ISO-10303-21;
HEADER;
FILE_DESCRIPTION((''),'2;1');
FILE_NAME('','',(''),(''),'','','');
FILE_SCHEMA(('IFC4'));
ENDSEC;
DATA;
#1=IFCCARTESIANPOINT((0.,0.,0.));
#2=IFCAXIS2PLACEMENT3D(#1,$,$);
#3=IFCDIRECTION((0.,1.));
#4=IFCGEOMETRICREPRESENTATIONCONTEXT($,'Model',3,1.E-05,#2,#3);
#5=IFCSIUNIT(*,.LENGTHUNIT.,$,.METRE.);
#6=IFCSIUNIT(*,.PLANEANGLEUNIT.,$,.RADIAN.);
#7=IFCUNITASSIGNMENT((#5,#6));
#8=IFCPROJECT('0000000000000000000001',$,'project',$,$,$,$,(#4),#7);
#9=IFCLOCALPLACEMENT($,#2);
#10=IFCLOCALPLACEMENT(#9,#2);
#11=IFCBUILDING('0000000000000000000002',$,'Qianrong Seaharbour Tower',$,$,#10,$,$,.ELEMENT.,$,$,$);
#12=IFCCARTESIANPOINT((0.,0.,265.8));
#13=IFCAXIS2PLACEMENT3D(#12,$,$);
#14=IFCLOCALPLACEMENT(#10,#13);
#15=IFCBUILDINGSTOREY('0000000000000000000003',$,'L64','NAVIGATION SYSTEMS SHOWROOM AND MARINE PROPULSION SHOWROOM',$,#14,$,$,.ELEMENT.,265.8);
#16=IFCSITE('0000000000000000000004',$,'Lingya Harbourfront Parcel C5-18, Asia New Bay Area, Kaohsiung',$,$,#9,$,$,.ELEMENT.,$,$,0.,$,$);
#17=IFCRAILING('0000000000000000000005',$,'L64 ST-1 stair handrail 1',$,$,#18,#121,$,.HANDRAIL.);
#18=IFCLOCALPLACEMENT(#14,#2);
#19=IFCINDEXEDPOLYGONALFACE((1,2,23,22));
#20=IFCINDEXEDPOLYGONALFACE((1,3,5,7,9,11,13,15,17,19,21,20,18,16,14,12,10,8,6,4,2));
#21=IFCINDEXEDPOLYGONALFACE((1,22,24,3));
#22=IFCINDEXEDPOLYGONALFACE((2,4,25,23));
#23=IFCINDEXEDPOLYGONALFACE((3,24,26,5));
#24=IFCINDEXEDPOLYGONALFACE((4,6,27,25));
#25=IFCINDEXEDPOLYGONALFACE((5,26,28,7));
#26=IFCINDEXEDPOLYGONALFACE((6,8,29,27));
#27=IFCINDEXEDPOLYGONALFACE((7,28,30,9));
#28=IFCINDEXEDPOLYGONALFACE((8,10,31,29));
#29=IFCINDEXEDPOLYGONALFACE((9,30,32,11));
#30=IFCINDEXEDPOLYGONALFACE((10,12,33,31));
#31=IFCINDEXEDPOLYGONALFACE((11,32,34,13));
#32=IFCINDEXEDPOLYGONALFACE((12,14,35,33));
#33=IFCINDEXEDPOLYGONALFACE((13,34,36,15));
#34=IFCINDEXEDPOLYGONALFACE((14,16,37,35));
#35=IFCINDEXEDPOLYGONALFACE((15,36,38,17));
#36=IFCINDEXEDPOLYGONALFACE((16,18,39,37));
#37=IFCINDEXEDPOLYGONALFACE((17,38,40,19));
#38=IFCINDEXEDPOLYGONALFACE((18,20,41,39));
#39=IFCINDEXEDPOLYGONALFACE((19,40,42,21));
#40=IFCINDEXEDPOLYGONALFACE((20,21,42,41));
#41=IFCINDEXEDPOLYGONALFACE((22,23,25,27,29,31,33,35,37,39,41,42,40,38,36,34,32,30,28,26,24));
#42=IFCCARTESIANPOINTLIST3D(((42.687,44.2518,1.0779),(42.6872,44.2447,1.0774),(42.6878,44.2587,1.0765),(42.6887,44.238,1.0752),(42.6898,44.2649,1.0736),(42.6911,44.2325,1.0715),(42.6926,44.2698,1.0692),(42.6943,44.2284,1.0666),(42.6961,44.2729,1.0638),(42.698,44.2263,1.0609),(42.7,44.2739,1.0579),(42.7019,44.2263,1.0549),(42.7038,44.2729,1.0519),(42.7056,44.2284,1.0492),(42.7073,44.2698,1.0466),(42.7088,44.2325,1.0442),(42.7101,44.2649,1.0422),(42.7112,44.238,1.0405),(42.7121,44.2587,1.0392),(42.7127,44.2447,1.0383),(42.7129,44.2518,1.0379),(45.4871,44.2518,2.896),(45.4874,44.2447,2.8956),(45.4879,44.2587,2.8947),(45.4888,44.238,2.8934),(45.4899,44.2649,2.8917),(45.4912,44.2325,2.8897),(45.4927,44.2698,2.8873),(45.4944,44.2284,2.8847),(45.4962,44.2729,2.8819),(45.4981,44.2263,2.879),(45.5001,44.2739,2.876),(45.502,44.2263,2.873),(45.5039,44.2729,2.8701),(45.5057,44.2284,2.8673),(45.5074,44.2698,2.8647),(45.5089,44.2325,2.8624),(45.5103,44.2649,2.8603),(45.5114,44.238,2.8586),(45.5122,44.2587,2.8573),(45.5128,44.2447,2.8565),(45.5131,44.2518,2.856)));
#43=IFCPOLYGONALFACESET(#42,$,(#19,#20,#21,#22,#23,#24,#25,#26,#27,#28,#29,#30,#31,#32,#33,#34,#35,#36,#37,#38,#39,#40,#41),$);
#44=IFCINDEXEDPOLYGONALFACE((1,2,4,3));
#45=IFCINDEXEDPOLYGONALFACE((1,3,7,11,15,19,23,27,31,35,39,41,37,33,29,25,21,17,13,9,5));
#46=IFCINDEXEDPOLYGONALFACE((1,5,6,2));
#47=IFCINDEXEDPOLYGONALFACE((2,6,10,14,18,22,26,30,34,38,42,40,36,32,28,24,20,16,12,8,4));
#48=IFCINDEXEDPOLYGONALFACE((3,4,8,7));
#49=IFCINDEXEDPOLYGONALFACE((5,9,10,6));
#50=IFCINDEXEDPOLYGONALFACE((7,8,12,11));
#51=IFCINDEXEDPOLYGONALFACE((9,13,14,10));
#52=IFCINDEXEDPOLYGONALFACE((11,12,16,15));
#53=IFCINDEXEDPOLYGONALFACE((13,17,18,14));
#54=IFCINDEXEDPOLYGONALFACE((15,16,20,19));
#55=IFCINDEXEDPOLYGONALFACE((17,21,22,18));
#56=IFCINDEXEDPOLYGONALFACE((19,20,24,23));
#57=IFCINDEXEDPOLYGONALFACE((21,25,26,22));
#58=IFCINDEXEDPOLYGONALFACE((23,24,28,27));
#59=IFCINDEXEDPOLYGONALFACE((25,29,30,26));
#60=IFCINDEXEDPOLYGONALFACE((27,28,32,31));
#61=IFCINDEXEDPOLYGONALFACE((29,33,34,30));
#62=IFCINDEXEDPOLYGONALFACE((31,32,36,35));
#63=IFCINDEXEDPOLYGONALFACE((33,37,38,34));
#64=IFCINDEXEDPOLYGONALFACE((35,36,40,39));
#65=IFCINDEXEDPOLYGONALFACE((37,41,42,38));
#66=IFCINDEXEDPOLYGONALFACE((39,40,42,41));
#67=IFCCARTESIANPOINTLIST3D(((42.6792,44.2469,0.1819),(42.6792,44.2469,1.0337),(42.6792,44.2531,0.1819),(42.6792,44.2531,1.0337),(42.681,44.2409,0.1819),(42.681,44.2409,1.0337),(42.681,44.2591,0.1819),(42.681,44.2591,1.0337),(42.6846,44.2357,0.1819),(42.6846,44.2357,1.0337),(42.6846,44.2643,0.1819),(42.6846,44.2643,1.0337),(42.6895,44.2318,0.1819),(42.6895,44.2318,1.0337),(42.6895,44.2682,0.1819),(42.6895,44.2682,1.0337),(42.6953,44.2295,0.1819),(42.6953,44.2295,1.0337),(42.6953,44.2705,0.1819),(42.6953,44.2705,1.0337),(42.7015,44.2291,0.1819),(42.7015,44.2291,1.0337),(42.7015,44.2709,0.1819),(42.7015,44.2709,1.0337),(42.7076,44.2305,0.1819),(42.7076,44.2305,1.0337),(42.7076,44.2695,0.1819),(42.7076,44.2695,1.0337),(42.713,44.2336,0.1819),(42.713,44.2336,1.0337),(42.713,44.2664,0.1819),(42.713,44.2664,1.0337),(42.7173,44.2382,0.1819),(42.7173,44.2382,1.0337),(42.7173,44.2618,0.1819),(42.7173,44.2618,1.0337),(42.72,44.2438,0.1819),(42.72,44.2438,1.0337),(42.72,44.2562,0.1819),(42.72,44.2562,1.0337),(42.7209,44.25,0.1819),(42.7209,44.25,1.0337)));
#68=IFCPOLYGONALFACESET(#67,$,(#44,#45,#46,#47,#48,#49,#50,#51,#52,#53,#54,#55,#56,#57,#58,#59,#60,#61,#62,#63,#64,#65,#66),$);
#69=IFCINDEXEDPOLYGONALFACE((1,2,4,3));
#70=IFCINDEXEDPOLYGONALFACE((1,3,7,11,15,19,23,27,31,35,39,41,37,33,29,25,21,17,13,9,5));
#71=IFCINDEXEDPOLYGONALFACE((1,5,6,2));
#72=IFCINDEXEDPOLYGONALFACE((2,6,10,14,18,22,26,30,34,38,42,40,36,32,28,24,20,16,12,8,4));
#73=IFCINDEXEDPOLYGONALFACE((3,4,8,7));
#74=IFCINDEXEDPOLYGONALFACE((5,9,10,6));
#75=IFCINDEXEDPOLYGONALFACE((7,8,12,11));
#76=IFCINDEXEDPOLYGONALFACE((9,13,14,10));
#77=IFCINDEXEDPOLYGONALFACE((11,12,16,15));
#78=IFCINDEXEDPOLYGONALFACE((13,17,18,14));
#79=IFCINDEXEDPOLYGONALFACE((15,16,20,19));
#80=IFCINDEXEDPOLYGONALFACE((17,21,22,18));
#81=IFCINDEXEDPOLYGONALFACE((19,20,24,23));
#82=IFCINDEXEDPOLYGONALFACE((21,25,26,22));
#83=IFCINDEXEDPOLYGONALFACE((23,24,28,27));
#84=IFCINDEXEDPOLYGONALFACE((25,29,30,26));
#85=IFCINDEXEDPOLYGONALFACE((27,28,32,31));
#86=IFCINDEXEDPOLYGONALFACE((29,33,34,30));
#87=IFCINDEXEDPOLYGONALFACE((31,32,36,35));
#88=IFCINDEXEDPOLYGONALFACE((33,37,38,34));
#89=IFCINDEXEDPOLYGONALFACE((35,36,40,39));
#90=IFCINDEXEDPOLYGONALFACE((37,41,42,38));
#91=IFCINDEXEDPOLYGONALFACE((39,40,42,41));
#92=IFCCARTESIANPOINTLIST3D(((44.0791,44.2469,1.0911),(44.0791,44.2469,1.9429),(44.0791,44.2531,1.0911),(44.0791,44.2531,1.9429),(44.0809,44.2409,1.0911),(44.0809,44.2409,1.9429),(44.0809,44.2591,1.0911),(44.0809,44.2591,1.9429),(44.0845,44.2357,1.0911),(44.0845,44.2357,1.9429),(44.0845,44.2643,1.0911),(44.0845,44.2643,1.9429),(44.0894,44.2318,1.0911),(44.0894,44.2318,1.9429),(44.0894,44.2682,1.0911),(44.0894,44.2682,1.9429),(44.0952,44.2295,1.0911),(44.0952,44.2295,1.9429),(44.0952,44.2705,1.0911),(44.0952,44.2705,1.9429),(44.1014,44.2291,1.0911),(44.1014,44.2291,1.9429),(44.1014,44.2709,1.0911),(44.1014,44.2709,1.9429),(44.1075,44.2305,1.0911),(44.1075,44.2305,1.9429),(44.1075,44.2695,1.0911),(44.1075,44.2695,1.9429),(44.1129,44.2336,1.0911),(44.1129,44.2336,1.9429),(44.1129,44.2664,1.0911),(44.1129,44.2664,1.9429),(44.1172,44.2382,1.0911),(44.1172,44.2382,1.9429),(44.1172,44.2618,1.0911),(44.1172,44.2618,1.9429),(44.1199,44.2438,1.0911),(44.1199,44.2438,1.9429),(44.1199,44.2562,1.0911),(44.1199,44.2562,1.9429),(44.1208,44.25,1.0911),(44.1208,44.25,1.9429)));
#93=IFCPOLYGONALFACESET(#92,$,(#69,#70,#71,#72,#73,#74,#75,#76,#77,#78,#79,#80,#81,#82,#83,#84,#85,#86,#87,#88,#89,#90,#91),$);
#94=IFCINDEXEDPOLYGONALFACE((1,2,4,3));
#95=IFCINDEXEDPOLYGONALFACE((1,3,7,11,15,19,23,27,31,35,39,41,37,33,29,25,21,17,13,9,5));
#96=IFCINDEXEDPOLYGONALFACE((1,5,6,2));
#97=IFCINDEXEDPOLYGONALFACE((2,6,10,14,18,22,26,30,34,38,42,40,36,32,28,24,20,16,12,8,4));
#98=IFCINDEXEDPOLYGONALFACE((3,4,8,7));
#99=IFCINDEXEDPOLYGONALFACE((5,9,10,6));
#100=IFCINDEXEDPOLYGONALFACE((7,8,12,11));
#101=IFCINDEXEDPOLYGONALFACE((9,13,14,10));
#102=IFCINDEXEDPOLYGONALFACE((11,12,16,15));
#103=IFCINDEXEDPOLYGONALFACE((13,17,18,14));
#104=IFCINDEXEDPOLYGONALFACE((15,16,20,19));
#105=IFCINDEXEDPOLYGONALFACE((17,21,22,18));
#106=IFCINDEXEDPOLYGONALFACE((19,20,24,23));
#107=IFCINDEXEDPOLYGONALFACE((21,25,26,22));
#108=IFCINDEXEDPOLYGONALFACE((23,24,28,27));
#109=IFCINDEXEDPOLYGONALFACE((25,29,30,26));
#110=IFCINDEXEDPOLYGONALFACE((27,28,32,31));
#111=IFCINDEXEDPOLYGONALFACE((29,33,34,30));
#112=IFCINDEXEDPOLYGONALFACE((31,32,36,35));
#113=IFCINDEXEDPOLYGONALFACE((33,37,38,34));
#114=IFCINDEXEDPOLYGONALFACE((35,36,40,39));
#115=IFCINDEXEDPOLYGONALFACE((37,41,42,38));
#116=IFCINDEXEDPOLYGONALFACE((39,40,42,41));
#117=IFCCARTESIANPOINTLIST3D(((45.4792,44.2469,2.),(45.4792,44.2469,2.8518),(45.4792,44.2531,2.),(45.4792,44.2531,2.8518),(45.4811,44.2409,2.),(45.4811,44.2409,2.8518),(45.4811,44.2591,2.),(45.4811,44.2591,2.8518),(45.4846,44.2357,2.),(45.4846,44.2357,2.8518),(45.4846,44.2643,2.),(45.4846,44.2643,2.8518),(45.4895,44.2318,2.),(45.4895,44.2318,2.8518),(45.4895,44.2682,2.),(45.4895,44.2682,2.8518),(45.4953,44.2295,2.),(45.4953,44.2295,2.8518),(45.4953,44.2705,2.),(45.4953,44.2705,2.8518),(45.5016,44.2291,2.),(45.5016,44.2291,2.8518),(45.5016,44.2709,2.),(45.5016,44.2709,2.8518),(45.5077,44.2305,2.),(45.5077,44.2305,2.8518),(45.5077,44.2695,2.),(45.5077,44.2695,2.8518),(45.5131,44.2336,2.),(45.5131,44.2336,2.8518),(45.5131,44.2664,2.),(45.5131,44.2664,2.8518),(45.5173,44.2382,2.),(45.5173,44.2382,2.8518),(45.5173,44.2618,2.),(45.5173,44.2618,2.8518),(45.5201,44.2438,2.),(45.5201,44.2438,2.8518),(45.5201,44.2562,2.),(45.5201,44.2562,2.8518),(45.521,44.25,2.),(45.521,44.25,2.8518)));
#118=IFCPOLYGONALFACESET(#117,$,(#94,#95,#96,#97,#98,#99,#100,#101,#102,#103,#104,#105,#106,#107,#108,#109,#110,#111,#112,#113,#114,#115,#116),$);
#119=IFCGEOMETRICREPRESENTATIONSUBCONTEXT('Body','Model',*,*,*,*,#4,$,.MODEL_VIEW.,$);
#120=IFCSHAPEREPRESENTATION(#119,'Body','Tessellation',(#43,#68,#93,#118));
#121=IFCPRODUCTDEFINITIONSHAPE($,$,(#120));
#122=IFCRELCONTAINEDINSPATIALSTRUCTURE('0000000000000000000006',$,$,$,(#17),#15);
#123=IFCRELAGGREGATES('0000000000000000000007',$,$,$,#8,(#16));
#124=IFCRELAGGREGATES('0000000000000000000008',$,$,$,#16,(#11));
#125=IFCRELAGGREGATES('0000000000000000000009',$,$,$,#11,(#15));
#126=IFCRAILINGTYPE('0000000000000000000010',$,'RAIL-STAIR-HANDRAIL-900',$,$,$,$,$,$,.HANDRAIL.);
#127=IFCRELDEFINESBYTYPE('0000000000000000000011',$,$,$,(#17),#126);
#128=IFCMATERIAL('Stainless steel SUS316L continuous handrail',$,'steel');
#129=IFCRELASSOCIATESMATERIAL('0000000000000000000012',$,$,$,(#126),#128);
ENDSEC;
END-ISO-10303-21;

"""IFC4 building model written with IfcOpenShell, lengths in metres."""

from ifc_helpers import new_model, si_unit, direction, frame, origin, origin_2d, place, context, subcontext, project, spatial, circle, extrude, material, type_object, element, save


model = new_model("IFC4")

# Units and contexts
model_context = context("Model", 3, precision=1e-05, world=origin(), true_north=direction((0.0, 1.0)))
body_context = subcontext(model_context, "Body", "Model", "MODEL_VIEW")
ifc_project = project(units=[si_unit("LENGTHUNIT", "METRE"), si_unit("PLANEANGLEUNIT", "RADIAN")], contexts=[model_context])

# Site, building, storey
site_placement = place(None, origin())
site = spatial("IfcSite", under=ifc_project, at=site_placement, Name="Lingya Harbourfront Parcel C5-18, Asia New Bay Area, Kaohsiung", CompositionType="ELEMENT", RefElevation=0.0)
building_placement = place(site_placement, origin())
building = spatial("IfcBuilding", under=site, at=building_placement, Name="Qianrong Seaharbour Tower", CompositionType="ELEMENT")
storey_placement = place(building_placement, frame((0.0, 0.0, 265.8)))
storey = spatial("IfcBuildingStorey", under=building, at=storey_placement, Name="L64", Description="NAVIGATION SYSTEMS SHOWROOM AND MARINE PROPULSION SHOWROOM", CompositionType="ELEMENT", Elevation=265.8)

# Railing
ifc_material_1 = material(Name="Stainless steel SUS316L continuous handrail", Category="steel")
railing_type_1 = type_object("IfcRailingType", Name="RAIL-STAIR-HANDRAIL-900", PredefinedType="HANDRAIL", material=ifc_material_1)
railing_1_placement = place(storey_placement, frame((42.7, 44.25, 0.1819)))
element("IfcRailing", 1, at=railing_1_placement, inside=storey, type_object=railing_type_1, Name="L64 ST-1 stair handrail 1", PredefinedType="HANDRAIL", context=body_context, shape_type="SweptSolid", body=[
    extrude(circle(Radius=0.0239, at=origin_2d()), frame((0.0, 0.0, 0.876), z_axis=(0.838706, 0.0, 0.544585), x_axis=(0.0, 1.0, 0.0)), (0.0, 0.0, 1.0), 3.3386),
    extrude(circle(Radius=0.021, at=origin_2d()), origin(), (0.0, 0.0, 1.0), 0.8518),
    extrude(circle(Radius=0.021, at=origin_2d()), frame((1.3999, 0.0, 0.9092)), (0.0, 0.0, 1.0), 0.8518),
    extrude(circle(Radius=0.021, at=origin_2d()), frame((2.8, 0.0, 1.8181)), (0.0, 0.0, 1.0), 0.8518),
])

save(model, "model.ifc")
